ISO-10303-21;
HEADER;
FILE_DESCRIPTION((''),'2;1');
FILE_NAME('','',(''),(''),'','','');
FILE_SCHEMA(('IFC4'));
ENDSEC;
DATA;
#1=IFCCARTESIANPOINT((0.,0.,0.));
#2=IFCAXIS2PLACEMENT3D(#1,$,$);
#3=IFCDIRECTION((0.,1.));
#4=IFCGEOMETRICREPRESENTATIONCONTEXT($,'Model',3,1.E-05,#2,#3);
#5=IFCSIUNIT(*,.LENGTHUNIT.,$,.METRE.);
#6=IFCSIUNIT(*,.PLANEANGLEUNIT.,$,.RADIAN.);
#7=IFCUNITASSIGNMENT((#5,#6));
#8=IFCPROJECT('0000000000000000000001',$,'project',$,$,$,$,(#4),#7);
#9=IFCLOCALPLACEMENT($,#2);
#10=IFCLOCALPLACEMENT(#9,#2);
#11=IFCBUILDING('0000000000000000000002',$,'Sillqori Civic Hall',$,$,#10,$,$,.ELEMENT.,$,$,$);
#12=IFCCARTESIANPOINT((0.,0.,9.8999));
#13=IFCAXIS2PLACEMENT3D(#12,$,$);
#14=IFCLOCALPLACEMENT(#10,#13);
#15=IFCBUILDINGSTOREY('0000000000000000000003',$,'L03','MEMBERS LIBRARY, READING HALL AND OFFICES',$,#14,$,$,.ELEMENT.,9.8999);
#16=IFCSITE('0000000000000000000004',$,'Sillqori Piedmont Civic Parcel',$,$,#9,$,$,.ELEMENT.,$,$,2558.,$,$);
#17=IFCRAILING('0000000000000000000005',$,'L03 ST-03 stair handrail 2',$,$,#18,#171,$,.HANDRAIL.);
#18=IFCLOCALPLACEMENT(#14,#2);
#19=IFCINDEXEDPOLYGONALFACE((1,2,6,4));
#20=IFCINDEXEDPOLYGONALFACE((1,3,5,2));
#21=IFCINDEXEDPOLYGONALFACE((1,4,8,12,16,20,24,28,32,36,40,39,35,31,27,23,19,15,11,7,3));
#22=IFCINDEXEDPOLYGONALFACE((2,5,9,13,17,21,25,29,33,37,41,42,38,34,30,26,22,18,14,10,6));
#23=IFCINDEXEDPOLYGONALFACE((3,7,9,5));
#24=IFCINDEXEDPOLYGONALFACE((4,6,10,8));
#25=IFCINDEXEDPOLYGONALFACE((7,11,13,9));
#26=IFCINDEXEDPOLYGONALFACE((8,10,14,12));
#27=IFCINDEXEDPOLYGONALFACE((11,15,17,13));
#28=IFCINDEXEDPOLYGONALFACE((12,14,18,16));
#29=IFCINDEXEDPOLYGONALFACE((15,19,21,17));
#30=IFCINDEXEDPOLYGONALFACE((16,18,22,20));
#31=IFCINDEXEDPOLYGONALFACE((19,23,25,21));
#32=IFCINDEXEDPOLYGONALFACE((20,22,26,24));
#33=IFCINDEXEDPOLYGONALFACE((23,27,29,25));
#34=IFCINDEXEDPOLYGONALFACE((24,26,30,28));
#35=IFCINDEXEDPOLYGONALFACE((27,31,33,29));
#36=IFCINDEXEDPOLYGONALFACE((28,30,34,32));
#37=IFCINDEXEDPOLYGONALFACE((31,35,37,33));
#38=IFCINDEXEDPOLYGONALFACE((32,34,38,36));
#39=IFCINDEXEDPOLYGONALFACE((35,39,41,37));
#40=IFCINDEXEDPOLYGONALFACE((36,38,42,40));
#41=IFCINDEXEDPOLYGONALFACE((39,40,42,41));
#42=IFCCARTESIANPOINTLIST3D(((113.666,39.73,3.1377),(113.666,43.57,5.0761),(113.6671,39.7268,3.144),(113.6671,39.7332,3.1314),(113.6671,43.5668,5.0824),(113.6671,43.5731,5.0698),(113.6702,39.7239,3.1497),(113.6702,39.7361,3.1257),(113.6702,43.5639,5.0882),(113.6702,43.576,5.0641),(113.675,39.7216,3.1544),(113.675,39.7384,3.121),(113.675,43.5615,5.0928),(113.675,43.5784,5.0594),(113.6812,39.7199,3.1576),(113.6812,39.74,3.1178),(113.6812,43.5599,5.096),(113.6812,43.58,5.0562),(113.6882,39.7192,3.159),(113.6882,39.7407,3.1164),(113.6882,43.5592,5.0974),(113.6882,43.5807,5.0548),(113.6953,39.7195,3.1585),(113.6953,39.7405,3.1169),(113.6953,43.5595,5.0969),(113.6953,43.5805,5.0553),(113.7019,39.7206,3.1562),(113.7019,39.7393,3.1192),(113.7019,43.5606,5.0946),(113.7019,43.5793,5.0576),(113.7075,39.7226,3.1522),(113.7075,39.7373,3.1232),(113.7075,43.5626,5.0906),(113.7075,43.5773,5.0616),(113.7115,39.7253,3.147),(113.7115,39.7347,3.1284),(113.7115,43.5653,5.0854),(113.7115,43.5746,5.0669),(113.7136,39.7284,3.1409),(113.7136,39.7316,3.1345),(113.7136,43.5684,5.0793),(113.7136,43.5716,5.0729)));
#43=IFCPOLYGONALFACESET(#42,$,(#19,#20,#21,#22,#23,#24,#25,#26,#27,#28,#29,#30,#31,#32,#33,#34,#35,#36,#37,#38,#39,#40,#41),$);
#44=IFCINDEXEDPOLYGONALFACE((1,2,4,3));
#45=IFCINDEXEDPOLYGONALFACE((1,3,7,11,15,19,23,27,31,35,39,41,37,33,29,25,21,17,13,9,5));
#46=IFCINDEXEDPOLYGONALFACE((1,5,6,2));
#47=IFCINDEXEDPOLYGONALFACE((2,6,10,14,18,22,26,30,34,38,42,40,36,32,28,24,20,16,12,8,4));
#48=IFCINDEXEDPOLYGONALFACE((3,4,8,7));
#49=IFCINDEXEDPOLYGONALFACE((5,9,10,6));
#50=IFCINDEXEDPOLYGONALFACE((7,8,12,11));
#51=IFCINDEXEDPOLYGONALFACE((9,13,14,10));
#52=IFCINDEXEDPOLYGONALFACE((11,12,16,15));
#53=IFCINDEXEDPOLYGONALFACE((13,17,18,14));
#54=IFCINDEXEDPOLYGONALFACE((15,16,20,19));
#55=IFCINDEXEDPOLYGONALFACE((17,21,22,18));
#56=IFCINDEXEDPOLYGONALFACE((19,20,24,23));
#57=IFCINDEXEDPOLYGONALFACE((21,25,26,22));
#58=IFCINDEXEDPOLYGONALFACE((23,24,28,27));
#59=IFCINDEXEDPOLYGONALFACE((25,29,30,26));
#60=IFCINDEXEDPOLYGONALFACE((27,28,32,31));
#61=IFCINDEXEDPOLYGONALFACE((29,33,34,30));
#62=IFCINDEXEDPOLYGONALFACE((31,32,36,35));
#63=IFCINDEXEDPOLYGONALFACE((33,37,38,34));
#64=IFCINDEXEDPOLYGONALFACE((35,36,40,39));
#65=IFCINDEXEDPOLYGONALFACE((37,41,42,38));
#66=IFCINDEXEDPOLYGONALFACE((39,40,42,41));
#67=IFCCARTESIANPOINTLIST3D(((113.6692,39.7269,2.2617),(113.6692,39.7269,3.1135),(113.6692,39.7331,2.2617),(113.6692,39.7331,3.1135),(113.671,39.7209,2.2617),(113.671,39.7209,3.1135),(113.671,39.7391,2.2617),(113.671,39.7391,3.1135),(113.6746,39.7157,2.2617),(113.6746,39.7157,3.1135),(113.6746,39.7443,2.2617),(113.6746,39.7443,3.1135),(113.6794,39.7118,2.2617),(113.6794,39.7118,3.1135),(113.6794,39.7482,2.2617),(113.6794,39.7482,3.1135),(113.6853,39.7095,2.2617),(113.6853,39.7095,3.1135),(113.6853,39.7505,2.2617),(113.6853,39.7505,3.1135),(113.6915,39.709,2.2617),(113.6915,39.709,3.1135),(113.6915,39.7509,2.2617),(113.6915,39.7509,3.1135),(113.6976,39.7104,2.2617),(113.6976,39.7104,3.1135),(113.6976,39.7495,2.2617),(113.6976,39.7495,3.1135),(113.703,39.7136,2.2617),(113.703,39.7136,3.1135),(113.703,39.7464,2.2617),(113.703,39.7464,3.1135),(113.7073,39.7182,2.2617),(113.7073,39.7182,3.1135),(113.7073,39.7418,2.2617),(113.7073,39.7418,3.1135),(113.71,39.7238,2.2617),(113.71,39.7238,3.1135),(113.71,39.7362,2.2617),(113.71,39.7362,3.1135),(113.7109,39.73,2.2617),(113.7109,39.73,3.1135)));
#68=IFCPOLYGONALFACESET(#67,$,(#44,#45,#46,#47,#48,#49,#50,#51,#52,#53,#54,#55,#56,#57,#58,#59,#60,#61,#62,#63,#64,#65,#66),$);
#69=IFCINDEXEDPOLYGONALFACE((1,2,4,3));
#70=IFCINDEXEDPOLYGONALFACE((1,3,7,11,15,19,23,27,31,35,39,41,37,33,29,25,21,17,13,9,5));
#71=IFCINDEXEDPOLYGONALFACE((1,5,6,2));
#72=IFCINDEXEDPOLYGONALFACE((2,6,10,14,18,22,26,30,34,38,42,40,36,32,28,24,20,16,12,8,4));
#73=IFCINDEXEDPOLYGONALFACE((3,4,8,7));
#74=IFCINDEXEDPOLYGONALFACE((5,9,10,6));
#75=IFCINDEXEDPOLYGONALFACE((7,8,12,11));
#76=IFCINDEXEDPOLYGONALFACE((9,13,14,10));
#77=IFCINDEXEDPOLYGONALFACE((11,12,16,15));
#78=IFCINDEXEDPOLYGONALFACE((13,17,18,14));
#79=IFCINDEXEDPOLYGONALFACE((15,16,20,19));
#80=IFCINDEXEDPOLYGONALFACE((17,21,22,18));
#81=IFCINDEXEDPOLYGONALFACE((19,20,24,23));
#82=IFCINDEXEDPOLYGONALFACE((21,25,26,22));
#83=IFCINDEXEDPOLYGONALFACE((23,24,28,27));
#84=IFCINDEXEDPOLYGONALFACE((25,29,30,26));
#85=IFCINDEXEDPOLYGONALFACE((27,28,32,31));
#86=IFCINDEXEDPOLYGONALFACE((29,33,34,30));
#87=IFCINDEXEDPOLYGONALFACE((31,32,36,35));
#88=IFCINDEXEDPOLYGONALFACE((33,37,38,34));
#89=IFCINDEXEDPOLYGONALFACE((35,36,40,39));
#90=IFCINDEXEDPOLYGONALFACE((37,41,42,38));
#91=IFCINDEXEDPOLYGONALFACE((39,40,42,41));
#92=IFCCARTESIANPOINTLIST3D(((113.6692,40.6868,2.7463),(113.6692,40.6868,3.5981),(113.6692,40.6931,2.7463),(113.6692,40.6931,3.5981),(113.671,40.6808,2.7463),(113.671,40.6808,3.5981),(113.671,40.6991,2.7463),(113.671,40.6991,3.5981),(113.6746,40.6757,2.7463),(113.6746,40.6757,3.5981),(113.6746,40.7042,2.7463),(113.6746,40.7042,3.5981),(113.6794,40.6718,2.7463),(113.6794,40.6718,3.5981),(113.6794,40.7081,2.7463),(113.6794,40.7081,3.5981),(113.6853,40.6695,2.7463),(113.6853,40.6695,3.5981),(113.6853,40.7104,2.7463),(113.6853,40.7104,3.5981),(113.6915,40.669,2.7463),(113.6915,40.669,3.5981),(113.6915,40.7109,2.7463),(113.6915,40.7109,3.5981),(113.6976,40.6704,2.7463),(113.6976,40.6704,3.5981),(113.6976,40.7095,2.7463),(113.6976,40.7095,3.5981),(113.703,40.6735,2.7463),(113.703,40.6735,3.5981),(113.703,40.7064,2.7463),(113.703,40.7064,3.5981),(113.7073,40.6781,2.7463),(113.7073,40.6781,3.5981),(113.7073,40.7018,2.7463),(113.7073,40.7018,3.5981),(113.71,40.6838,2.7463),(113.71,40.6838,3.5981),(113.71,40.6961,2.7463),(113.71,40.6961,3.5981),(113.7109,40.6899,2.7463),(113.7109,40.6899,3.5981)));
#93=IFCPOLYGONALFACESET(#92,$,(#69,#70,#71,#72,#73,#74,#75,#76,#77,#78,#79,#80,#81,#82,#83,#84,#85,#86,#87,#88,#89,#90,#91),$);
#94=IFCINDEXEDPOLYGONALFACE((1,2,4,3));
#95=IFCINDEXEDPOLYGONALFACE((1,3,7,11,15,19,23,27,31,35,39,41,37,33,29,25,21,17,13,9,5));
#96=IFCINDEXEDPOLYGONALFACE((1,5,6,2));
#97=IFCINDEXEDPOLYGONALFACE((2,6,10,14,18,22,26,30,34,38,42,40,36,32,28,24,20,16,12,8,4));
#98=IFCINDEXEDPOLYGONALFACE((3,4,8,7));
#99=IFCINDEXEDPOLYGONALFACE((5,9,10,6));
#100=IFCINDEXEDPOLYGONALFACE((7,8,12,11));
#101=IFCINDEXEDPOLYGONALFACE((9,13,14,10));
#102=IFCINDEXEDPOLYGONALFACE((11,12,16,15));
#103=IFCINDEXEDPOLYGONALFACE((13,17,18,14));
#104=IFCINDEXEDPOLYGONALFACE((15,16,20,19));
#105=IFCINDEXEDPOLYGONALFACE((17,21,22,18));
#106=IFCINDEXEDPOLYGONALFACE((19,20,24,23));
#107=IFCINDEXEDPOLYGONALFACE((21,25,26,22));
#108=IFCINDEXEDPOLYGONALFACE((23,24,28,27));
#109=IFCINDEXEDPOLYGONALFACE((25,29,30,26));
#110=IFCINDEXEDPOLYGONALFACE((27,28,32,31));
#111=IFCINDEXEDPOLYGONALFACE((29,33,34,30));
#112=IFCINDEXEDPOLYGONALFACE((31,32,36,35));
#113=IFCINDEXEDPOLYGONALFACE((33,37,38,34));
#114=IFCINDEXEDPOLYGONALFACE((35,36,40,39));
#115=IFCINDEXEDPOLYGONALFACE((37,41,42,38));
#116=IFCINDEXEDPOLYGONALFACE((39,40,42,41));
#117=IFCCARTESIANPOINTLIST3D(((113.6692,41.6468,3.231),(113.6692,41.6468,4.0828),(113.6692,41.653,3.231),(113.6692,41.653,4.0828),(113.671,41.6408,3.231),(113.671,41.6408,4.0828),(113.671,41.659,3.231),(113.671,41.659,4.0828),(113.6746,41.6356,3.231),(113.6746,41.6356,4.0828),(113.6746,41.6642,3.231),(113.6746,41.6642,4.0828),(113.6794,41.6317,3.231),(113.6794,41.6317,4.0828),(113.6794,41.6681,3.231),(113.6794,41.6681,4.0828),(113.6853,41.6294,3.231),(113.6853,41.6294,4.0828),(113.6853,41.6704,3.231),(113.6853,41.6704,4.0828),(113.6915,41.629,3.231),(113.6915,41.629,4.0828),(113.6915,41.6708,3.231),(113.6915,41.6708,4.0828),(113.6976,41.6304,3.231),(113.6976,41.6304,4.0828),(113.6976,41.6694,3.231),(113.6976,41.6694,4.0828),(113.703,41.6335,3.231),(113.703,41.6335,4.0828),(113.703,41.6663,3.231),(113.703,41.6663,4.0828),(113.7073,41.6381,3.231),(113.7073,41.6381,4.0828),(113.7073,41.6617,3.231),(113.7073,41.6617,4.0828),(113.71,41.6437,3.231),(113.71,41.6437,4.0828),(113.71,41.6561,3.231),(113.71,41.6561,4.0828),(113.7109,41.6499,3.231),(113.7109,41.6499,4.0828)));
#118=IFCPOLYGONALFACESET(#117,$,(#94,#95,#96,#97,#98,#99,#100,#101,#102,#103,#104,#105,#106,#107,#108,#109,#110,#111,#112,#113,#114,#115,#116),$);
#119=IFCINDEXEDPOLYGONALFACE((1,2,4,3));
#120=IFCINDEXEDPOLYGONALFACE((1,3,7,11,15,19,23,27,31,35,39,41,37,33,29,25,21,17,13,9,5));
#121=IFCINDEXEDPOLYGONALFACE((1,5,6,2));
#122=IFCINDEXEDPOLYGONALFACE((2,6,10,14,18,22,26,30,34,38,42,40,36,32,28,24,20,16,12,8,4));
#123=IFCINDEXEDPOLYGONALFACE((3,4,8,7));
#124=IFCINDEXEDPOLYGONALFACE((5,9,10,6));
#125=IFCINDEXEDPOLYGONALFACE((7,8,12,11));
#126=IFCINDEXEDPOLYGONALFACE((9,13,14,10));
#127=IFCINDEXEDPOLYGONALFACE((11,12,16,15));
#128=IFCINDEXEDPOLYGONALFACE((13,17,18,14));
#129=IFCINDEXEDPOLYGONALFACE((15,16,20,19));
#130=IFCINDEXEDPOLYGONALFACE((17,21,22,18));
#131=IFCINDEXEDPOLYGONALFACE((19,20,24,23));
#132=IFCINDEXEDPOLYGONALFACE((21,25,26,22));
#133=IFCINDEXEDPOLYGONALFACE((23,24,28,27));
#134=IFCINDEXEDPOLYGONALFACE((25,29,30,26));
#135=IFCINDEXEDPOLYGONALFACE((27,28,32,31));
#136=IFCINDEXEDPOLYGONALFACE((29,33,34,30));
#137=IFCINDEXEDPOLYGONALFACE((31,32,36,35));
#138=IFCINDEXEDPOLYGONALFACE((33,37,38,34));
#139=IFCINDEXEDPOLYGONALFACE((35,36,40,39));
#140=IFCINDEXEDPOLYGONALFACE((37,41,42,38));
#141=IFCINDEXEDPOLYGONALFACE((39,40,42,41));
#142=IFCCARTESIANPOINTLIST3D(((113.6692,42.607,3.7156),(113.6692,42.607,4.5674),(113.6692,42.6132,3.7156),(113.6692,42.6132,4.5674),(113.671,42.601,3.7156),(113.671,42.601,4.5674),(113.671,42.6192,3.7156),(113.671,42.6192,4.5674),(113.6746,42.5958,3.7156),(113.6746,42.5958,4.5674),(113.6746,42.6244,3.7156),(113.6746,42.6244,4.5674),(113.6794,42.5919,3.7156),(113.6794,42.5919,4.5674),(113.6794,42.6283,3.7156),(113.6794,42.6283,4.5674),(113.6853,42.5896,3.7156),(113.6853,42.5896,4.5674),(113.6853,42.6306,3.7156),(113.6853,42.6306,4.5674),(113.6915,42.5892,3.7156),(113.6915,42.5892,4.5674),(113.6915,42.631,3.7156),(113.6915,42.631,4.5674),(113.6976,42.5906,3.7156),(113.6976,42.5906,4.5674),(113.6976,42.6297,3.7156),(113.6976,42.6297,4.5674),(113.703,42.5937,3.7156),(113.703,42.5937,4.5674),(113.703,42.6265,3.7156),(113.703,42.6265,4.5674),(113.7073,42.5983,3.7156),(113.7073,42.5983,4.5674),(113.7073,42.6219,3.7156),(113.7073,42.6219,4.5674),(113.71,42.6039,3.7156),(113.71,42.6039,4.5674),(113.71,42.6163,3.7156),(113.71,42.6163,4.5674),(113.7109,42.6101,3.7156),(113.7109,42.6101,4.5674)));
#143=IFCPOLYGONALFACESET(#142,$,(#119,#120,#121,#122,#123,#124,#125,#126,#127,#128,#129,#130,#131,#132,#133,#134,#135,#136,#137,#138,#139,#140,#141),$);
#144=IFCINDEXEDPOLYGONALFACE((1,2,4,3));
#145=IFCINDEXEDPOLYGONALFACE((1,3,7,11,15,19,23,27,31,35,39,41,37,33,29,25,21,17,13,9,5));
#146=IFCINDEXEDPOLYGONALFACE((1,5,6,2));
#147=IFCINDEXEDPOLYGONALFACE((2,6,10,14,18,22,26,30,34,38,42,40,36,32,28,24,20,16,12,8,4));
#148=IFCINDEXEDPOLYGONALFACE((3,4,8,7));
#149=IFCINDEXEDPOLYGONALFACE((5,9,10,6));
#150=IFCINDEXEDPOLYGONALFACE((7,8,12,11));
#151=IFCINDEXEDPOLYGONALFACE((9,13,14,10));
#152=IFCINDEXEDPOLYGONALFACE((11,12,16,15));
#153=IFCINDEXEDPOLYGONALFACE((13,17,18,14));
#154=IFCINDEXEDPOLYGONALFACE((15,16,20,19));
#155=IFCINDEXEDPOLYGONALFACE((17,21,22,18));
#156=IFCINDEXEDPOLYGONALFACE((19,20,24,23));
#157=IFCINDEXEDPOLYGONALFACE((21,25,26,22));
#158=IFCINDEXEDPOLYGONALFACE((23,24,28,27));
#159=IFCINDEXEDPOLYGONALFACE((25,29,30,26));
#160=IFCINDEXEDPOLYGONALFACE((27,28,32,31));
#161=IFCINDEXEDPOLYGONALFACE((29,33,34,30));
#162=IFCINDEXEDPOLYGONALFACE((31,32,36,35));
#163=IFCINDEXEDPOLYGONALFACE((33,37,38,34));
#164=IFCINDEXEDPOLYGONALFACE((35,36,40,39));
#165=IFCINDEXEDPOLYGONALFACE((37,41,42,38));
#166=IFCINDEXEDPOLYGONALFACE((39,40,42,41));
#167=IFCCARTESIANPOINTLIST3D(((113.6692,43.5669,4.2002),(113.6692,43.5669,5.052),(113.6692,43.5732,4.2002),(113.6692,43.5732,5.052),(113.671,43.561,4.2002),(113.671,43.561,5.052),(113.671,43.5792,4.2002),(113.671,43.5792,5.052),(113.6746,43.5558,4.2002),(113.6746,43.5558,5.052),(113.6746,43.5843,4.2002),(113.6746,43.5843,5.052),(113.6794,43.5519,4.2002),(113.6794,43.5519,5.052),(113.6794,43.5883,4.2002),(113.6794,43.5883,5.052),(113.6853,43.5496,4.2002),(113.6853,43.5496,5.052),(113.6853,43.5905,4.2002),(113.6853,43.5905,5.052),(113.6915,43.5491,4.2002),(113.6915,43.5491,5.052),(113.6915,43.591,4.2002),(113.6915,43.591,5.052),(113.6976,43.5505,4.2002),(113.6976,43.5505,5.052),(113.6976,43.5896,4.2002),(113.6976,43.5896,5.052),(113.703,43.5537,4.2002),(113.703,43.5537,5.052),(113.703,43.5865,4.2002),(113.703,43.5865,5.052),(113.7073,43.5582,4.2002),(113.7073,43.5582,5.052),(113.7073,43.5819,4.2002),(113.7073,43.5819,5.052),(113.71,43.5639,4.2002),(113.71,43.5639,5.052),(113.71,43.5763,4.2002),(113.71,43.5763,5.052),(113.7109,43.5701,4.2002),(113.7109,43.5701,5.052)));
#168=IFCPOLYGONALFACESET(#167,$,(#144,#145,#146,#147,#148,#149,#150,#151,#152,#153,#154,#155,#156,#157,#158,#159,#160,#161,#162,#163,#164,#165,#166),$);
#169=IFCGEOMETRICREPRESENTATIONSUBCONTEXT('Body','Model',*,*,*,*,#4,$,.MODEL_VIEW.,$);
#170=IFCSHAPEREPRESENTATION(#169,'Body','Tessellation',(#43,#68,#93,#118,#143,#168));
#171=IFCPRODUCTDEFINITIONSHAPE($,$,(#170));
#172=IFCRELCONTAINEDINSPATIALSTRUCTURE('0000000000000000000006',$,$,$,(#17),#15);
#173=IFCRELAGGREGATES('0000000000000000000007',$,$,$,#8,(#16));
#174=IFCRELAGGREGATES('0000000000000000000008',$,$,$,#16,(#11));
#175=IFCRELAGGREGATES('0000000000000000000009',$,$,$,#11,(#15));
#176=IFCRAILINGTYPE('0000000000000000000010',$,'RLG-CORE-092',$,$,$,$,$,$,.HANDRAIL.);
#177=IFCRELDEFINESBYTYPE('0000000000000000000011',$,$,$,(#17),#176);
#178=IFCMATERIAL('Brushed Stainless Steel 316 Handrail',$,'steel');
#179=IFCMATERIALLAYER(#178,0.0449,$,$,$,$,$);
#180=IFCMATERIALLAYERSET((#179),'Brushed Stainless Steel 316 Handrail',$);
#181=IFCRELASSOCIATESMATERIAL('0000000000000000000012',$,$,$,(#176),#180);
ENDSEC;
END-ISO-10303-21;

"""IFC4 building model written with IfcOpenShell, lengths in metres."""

from ifc_helpers import new_model, si_unit, direction, frame, origin, origin_2d, place, context, subcontext, project, spatial, circle, extrude, material, layer, layer_set, type_object, element, save


model = new_model("IFC4")

# Units and contexts
model_context = context("Model", 3, precision=1e-05, world=origin(), true_north=direction((0.0, 1.0)))
body_context = subcontext(model_context, "Body", "Model", "MODEL_VIEW")
ifc_project = project(units=[si_unit("LENGTHUNIT", "METRE"), si_unit("PLANEANGLEUNIT", "RADIAN")], contexts=[model_context])

# Site, building, storey
site_placement = place(None, origin())
site = spatial("IfcSite", under=ifc_project, at=site_placement, Name="Sillqori Piedmont Civic Parcel", CompositionType="ELEMENT", RefElevation=2558.0)
building_placement = place(site_placement, origin())
building = spatial("IfcBuilding", under=site, at=building_placement, Name="Sillqori Civic Hall", CompositionType="ELEMENT")
storey_placement = place(building_placement, frame((0.0, 0.0, 9.8999)))
storey = spatial("IfcBuildingStorey", under=building, at=storey_placement, Name="L03", Description="MEMBERS LIBRARY, READING HALL AND OFFICES", CompositionType="ELEMENT", Elevation=9.8999)

# Railing
ifc_material_1 = material(Name="Brushed Stainless Steel 316 Handrail", Category="steel")
ifc_layer_1 = layer(ifc_material_1, 0.0449)
ifc_layer_set_1 = layer_set([ifc_layer_1], Name="Brushed Stainless Steel 316 Handrail")
railing_type_1 = type_object("IfcRailingType", Name="RLG-CORE-092", PredefinedType="HANDRAIL", material=ifc_layer_set_1)
railing_1_placement = place(storey_placement, frame((113.6899, 39.73, 2.2617)))
element("IfcRailing", 1, at=railing_1_placement, inside=storey, type_object=railing_type_1, Name="L03 ST-03 stair handrail 2", PredefinedType="HANDRAIL", context=body_context, shape_type="SweptSolid", body=[
    extrude(circle(Radius=0.0239, at=origin_2d()), frame((0.0, 0.0, 0.876), z_axis=(0.0, 0.892707, 0.450638), x_axis=(-1.0, 0.0, 0.0)), (0.0, 0.0, 1.0), 4.3015),
    extrude(circle(Radius=0.021, at=origin_2d()), origin(), (0.0, 0.0, 1.0), 0.8518),
    extrude(circle(Radius=0.021, at=origin_2d()), frame((0.0, 0.96, 0.4846)), (0.0, 0.0, 1.0), 0.8518),
    extrude(circle(Radius=0.021, at=origin_2d()), frame((0.0, 1.9199, 0.9692)), (0.0, 0.0, 1.0), 0.8518),
    extrude(circle(Radius=0.021, at=origin_2d()), frame((0.0, 2.8801, 1.4539)), (0.0, 0.0, 1.0), 0.8518),
    extrude(circle(Radius=0.021, at=origin_2d()), frame((0.0, 3.8401, 1.9385)), (0.0, 0.0, 1.0), 0.8518),
])

save(model, "model.ifc")
